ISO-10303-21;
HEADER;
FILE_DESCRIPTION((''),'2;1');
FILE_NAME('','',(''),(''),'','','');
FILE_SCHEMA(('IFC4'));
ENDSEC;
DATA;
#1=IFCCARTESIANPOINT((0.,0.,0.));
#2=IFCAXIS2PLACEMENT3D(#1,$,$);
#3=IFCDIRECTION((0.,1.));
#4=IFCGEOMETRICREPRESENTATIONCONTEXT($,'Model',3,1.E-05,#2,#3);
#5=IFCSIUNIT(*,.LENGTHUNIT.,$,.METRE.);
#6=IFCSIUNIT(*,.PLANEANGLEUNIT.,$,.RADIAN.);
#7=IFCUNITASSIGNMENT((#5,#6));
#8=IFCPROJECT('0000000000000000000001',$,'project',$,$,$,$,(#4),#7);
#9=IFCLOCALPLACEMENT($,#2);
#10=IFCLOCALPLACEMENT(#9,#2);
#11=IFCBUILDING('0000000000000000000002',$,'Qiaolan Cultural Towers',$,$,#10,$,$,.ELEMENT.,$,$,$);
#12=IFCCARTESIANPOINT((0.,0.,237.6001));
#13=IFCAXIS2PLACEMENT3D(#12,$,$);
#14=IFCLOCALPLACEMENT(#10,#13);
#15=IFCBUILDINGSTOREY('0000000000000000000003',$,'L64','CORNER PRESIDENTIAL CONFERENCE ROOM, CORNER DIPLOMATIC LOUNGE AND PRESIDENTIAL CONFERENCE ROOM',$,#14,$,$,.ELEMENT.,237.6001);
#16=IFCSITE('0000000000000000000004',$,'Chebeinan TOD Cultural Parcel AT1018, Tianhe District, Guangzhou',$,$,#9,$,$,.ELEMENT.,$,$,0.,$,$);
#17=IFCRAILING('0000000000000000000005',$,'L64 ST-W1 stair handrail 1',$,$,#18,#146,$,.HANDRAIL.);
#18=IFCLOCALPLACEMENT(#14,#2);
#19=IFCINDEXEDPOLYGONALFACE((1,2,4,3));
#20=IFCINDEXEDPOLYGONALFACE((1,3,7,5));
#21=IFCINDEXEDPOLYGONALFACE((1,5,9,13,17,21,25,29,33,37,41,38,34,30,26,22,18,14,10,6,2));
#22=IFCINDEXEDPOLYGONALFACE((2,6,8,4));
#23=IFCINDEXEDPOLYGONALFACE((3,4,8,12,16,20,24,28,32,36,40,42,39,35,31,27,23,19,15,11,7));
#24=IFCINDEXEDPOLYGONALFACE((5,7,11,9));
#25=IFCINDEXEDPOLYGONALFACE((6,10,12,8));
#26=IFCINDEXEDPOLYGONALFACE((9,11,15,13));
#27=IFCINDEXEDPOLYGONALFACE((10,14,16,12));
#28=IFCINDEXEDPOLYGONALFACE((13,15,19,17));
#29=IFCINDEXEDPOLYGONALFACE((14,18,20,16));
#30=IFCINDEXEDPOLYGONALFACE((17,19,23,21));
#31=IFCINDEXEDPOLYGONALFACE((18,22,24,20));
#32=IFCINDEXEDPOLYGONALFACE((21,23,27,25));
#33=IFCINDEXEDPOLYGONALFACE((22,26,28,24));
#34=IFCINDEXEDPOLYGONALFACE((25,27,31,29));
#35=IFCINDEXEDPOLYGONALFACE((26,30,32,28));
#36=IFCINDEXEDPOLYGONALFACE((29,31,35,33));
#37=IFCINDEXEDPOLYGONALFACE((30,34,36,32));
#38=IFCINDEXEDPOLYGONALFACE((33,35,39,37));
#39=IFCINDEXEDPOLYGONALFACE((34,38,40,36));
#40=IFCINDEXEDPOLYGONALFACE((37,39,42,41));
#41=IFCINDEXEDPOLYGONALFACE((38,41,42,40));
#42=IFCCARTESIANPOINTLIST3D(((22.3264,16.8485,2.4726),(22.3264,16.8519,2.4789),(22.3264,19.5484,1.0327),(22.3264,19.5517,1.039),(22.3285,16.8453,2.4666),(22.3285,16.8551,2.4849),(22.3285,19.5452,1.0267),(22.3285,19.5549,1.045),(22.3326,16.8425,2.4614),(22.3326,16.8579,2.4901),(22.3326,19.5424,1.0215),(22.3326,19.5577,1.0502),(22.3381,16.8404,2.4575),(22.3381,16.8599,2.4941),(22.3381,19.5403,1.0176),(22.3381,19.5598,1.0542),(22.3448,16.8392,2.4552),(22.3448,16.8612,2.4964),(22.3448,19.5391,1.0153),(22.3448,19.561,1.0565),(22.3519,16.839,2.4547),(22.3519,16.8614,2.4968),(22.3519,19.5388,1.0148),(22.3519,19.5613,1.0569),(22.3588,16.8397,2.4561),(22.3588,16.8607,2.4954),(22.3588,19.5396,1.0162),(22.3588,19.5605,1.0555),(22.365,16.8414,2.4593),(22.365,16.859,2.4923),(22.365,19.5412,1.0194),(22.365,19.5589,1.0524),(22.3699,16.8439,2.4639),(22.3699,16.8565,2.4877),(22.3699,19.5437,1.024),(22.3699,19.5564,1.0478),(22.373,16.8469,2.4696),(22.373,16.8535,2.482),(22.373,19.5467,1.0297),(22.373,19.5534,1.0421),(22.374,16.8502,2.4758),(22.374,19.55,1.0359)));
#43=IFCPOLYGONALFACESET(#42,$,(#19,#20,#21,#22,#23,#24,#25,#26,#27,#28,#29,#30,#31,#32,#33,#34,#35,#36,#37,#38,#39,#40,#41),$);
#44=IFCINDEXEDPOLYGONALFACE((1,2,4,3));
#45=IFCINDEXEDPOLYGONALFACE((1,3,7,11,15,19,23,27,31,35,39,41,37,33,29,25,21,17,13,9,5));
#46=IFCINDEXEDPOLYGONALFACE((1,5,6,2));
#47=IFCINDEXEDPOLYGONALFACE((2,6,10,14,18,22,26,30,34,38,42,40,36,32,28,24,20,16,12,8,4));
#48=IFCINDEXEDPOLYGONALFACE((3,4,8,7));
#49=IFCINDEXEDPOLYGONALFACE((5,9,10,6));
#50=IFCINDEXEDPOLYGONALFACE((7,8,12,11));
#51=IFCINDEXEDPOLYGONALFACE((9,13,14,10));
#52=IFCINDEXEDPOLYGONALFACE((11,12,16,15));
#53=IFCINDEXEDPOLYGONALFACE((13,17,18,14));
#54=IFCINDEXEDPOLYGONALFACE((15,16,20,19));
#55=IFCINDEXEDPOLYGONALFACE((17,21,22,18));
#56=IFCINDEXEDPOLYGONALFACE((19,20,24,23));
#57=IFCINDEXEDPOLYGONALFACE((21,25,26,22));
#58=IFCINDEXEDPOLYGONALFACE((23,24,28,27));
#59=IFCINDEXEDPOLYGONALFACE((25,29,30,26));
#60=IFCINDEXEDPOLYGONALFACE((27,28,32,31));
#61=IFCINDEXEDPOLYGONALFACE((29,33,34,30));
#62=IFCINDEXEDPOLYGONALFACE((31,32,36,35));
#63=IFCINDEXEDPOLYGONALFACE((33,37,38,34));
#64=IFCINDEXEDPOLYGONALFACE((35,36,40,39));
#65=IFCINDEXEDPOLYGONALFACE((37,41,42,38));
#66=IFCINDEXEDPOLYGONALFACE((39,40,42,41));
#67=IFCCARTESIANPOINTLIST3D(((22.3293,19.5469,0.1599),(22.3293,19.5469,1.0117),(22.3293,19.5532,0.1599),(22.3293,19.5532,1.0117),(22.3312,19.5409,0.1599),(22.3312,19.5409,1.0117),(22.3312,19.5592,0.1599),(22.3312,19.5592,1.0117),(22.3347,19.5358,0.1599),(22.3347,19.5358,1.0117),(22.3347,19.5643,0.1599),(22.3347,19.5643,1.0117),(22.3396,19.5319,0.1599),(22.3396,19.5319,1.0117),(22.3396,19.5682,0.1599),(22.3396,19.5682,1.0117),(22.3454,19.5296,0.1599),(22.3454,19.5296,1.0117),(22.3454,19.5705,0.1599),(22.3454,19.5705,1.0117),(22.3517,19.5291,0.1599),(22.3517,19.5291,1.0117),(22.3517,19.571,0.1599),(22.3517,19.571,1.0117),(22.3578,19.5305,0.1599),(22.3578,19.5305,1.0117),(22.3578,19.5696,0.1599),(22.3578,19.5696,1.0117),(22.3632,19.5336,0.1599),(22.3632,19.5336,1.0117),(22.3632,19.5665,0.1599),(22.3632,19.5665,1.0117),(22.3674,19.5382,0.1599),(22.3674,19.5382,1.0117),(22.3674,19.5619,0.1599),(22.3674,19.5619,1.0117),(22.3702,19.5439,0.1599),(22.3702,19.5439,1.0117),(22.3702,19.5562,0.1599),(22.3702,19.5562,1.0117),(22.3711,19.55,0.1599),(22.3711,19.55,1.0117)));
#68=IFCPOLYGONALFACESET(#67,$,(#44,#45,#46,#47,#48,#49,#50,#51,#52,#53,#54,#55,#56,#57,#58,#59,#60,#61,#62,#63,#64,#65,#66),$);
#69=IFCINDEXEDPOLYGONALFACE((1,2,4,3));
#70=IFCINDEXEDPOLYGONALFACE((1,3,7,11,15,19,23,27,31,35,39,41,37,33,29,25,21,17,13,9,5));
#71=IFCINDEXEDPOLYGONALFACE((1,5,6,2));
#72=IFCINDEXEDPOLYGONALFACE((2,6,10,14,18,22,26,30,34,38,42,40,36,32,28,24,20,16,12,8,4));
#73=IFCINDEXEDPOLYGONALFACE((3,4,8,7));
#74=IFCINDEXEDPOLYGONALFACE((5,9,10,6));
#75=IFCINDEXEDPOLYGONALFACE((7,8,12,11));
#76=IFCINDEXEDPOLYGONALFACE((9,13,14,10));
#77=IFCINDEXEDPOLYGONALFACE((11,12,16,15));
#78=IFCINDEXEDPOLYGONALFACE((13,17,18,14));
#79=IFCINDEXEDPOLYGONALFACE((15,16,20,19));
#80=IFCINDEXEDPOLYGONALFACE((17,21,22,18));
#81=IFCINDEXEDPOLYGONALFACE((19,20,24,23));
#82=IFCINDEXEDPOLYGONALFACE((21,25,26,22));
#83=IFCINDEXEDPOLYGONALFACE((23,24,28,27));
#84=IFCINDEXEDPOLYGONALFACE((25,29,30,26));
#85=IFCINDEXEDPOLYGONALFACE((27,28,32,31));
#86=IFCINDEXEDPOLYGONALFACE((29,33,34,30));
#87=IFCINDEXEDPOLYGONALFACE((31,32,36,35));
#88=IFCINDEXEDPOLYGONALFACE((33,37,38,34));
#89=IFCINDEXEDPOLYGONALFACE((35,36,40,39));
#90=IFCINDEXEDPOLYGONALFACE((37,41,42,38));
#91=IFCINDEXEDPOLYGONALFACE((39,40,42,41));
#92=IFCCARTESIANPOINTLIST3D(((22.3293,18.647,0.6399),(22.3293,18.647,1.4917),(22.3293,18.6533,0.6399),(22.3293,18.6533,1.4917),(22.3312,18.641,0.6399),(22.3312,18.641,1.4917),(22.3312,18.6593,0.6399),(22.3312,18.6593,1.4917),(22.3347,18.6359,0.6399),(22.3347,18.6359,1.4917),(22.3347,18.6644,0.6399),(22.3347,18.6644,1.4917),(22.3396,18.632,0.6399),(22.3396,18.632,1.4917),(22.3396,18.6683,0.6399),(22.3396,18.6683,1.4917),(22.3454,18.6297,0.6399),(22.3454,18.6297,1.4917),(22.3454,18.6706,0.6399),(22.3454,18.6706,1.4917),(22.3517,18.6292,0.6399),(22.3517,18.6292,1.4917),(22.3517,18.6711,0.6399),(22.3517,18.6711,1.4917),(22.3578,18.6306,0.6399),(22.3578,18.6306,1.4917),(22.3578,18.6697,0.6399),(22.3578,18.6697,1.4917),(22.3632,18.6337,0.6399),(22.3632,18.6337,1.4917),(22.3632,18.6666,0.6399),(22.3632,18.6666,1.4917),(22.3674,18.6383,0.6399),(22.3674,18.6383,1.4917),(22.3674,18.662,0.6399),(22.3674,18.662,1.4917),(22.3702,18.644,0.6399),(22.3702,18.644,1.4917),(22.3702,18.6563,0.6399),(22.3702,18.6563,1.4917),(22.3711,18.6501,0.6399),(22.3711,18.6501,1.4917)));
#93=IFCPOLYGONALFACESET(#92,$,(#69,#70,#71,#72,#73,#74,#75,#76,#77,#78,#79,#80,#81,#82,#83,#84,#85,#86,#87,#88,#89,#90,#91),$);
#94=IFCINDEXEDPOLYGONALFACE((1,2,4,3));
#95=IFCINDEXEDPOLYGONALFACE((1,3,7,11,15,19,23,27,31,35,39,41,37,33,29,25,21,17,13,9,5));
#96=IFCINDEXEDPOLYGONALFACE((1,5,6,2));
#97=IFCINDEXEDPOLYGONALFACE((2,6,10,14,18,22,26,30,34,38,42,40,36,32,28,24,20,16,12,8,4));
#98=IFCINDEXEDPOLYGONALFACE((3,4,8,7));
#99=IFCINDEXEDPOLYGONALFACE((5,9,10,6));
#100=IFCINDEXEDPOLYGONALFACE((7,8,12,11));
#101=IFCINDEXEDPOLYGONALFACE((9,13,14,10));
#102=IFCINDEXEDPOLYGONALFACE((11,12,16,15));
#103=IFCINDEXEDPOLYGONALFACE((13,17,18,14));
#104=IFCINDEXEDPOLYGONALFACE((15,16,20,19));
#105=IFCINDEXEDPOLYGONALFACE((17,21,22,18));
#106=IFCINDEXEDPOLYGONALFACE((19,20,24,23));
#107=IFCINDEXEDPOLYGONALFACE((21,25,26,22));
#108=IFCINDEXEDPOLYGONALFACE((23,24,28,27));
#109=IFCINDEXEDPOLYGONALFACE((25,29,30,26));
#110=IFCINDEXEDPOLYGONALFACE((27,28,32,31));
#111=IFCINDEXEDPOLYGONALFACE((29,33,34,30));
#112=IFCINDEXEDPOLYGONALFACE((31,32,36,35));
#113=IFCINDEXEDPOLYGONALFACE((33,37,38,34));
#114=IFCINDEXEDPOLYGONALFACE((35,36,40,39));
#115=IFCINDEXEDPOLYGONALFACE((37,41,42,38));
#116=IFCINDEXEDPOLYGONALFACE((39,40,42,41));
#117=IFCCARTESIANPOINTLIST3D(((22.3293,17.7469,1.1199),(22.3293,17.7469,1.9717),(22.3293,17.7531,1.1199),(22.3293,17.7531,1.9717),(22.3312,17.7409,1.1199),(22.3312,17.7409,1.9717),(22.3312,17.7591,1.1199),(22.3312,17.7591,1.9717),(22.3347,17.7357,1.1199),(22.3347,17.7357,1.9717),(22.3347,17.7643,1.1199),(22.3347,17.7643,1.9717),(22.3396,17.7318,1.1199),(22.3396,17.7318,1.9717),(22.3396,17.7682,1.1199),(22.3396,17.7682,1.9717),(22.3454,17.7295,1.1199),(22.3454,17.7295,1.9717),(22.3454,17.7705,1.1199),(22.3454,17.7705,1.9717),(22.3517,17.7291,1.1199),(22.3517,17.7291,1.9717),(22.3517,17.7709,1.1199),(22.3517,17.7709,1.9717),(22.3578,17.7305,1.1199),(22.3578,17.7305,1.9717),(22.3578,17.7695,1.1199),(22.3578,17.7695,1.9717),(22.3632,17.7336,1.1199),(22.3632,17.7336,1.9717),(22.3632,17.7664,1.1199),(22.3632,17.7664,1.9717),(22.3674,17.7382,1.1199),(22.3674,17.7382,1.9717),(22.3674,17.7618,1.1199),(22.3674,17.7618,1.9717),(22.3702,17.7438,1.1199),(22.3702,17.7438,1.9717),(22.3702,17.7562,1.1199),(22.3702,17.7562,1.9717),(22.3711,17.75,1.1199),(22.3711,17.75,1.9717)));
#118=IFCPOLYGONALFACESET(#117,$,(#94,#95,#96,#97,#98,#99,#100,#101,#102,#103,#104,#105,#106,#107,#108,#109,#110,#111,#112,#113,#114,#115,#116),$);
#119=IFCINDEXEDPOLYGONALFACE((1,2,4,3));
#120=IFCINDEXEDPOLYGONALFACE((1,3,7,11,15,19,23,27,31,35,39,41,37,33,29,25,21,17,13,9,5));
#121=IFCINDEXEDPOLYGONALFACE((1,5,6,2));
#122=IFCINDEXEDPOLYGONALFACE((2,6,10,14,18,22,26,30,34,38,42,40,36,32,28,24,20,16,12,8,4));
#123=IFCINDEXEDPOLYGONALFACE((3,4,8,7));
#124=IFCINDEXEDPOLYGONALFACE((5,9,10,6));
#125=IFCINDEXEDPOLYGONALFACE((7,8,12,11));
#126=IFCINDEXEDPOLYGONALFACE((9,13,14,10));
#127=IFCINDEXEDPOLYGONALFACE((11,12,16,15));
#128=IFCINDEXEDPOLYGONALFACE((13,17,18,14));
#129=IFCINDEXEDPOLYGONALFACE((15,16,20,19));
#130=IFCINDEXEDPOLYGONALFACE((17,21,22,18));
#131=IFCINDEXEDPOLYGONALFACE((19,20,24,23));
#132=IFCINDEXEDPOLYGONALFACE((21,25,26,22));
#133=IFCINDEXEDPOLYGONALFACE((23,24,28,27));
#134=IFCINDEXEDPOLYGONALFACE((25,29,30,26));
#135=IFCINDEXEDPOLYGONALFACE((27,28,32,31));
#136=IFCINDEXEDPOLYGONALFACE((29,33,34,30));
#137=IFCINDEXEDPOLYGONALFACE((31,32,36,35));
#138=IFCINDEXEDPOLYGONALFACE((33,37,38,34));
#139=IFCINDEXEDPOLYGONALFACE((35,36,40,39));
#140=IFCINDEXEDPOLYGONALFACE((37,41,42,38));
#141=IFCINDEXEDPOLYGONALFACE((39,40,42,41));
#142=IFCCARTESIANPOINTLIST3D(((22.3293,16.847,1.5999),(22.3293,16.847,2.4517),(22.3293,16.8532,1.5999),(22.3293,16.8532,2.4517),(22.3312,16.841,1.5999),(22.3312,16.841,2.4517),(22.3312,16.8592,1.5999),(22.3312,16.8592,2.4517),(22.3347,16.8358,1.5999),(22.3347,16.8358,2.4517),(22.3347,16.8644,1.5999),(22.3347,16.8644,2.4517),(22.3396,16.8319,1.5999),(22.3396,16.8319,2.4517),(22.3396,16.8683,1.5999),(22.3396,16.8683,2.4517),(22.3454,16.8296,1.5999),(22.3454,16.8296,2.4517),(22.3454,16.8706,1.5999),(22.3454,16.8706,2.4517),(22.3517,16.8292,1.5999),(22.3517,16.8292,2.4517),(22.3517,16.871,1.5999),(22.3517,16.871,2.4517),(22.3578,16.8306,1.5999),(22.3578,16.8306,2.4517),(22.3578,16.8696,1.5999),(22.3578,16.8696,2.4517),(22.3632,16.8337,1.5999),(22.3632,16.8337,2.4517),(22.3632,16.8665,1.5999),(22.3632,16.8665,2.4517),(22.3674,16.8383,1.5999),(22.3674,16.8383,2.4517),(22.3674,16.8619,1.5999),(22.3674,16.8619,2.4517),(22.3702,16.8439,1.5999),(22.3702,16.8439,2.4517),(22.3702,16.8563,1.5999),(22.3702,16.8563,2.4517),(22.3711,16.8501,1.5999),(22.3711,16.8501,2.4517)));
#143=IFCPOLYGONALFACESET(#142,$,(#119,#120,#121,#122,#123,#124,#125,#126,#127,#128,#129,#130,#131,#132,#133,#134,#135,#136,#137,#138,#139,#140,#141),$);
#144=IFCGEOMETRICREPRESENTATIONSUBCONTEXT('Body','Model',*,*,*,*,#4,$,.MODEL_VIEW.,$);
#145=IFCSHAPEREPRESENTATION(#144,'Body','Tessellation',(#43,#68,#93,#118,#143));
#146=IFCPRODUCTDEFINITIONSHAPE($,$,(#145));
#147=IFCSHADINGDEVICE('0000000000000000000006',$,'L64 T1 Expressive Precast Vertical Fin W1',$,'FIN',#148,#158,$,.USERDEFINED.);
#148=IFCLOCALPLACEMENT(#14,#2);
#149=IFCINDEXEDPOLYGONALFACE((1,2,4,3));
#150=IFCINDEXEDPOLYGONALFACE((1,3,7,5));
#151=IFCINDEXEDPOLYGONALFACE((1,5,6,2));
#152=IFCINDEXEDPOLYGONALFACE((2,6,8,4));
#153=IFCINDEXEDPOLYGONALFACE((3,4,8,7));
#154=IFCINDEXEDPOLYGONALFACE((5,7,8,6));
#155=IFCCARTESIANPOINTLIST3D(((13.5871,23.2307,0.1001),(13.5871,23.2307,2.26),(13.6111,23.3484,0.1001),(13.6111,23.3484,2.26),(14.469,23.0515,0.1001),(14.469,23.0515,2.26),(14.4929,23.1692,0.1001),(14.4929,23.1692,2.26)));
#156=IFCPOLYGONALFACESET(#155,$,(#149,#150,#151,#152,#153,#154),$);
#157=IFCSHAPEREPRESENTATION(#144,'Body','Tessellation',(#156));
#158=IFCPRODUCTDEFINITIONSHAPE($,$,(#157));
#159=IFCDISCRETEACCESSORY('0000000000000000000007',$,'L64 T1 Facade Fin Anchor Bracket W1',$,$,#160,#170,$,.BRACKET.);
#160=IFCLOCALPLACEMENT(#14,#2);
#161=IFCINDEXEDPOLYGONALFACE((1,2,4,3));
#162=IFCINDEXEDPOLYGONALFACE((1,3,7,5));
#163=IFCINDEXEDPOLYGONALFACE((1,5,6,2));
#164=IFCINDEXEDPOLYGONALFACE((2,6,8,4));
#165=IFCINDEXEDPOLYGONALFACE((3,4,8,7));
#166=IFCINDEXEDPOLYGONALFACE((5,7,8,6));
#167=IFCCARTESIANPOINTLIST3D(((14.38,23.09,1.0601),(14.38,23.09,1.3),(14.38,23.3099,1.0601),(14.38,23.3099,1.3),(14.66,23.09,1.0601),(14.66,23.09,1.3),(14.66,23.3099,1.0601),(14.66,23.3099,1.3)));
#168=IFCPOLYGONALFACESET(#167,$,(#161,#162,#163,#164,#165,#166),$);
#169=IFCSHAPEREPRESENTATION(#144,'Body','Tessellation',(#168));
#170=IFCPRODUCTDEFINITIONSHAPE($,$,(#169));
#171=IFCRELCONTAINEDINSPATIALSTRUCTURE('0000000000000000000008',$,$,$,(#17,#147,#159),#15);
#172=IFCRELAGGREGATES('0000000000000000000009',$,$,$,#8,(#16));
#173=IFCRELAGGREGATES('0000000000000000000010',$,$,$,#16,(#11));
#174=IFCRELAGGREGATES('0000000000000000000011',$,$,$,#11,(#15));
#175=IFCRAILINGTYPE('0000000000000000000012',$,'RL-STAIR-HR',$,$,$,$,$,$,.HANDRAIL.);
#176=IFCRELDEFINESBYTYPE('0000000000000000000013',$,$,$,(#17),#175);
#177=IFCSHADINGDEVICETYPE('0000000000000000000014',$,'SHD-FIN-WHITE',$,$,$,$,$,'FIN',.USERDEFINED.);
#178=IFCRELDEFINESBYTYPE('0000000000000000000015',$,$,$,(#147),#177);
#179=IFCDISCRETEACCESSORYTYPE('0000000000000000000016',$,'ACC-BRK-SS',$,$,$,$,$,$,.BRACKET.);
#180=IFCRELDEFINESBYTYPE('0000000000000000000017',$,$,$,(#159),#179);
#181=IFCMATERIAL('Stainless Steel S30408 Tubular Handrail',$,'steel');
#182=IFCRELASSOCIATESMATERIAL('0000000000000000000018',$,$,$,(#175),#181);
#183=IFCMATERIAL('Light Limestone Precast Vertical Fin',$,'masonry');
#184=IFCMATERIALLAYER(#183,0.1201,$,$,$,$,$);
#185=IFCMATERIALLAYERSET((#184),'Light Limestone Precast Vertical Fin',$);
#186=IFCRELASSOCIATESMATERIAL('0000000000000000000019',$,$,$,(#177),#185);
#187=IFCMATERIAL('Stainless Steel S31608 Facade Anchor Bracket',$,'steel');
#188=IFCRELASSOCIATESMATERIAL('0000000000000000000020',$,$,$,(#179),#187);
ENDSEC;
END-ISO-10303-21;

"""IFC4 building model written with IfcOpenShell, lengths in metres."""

from ifc_helpers import new_model, si_unit, direction, frame, origin, origin_2d, place, context, subcontext, project, spatial, rectangle, circle, extrude, material, layer, layer_set, type_object, element, save


model = new_model("IFC4")

# Units and contexts
model_context = context("Model", 3, precision=1e-05, world=origin(), true_north=direction((0.0, 1.0)))
body_context = subcontext(model_context, "Body", "Model", "MODEL_VIEW")
ifc_project = project(units=[si_unit("LENGTHUNIT", "METRE"), si_unit("PLANEANGLEUNIT", "RADIAN")], contexts=[model_context])

# Site, building, storey
site_placement = place(None, origin())
site = spatial("IfcSite", under=ifc_project, at=site_placement, Name="Chebeinan TOD Cultural Parcel AT1018, Tianhe District, Guangzhou", CompositionType="ELEMENT", RefElevation=0.0)
building_placement = place(site_placement, origin())
building = spatial("IfcBuilding", under=site, at=building_placement, Name="Qiaolan Cultural Towers", CompositionType="ELEMENT")
storey_placement = place(building_placement, frame((0.0, 0.0, 237.6001)))
storey = spatial("IfcBuildingStorey", under=building, at=storey_placement, Name="L64", Description="CORNER PRESIDENTIAL CONFERENCE ROOM, CORNER DIPLOMATIC LOUNGE AND PRESIDENTIAL CONFERENCE ROOM", CompositionType="ELEMENT", Elevation=237.6001)

# Railing
ifc_material_1 = material(Name="Stainless Steel S30408 Tubular Handrail", Category="steel")
railing_type = type_object("IfcRailingType", Name="RL-STAIR-HR", PredefinedType="HANDRAIL", material=ifc_material_1)
railing_placement = place(storey_placement, frame((22.3501, 19.55, 0.1599)))
element("IfcRailing", 1, at=railing_placement, inside=storey, type_object=railing_type, Name="L64 ST-W1 stair handrail 1", PredefinedType="HANDRAIL", context=body_context, shape_type="SweptSolid", body=[
    extrude(circle(Radius=0.0239, at=origin_2d()), frame((0.0, 0.0, 0.876), z_axis=(0.0, -0.882357, 0.47058), x_axis=(1.0, 0.0, 0.0)), (0.0, 0.0, 1.0), 3.0598),
    extrude(circle(Radius=0.021, at=origin_2d()), origin(), (0.0, 0.0, 1.0), 0.8518),
    extrude(circle(Radius=0.021, at=origin_2d()), frame((0.0, -0.8999, 0.48)), (0.0, 0.0, 1.0), 0.8518),
    extrude(circle(Radius=0.021, at=origin_2d()), frame((0.0, -1.8, 0.96)), (0.0, 0.0, 1.0), 0.8518),
    extrude(circle(Radius=0.021, at=origin_2d()), frame((0.0, -2.7, 1.4399)), (0.0, 0.0, 1.0), 0.8518),
])

# Shading device
ifc_material_2 = material(Name="Light Limestone Precast Vertical Fin", Category="masonry")
ifc_layer_1 = layer(ifc_material_2, 0.1201)
ifc_layer_set_1 = layer_set([ifc_layer_1], Name="Light Limestone Precast Vertical Fin")
shading_device_type = type_object("IfcShadingDeviceType", Name="SHD-FIN-WHITE", ElementType="FIN", PredefinedType="USERDEFINED", material=ifc_layer_set_1)
shading_device_placement = place(storey_placement, frame((14.04, 23.2, 0.1001), z_axis=(0.0, 0.0, 1.0), x_axis=(0.979957, -0.199208, 0.0)))
element("IfcShadingDevice", 2, at=shading_device_placement, inside=storey, type_object=shading_device_type, Name="L64 T1 Expressive Precast Vertical Fin W1", ObjectType="FIN", PredefinedType="USERDEFINED", context=body_context, shape_type="SweptSolid", body=[
    extrude(rectangle(XDim=0.8999, YDim=0.1201, at=origin_2d()), origin(), (0.0, 0.0, 1.0), 2.1599),
])

# Discrete accessory
ifc_material_3 = material(Name="Stainless Steel S31608 Facade Anchor Bracket", Category="steel")
discrete_accessory_type = type_object("IfcDiscreteAccessoryType", Name="ACC-BRK-SS", PredefinedType="BRACKET", material=ifc_material_3)
discrete_accessory_placement = place(storey_placement, frame((14.52, 23.2, 1.0601), z_axis=(0.0, 0.0, 1.0), x_axis=(1.0, 0.0, 0.0)))
element("IfcDiscreteAccessory", 3, at=discrete_accessory_placement, inside=storey, type_object=discrete_accessory_type, Name="L64 T1 Facade Fin Anchor Bracket W1", PredefinedType="BRACKET", context=body_context, shape_type="SweptSolid", body=[
    extrude(rectangle(XDim=0.28, YDim=0.22, at=origin_2d()), origin(), (0.0, 0.0, 1.0), 0.24),
])

save(model, "model.ifc")
